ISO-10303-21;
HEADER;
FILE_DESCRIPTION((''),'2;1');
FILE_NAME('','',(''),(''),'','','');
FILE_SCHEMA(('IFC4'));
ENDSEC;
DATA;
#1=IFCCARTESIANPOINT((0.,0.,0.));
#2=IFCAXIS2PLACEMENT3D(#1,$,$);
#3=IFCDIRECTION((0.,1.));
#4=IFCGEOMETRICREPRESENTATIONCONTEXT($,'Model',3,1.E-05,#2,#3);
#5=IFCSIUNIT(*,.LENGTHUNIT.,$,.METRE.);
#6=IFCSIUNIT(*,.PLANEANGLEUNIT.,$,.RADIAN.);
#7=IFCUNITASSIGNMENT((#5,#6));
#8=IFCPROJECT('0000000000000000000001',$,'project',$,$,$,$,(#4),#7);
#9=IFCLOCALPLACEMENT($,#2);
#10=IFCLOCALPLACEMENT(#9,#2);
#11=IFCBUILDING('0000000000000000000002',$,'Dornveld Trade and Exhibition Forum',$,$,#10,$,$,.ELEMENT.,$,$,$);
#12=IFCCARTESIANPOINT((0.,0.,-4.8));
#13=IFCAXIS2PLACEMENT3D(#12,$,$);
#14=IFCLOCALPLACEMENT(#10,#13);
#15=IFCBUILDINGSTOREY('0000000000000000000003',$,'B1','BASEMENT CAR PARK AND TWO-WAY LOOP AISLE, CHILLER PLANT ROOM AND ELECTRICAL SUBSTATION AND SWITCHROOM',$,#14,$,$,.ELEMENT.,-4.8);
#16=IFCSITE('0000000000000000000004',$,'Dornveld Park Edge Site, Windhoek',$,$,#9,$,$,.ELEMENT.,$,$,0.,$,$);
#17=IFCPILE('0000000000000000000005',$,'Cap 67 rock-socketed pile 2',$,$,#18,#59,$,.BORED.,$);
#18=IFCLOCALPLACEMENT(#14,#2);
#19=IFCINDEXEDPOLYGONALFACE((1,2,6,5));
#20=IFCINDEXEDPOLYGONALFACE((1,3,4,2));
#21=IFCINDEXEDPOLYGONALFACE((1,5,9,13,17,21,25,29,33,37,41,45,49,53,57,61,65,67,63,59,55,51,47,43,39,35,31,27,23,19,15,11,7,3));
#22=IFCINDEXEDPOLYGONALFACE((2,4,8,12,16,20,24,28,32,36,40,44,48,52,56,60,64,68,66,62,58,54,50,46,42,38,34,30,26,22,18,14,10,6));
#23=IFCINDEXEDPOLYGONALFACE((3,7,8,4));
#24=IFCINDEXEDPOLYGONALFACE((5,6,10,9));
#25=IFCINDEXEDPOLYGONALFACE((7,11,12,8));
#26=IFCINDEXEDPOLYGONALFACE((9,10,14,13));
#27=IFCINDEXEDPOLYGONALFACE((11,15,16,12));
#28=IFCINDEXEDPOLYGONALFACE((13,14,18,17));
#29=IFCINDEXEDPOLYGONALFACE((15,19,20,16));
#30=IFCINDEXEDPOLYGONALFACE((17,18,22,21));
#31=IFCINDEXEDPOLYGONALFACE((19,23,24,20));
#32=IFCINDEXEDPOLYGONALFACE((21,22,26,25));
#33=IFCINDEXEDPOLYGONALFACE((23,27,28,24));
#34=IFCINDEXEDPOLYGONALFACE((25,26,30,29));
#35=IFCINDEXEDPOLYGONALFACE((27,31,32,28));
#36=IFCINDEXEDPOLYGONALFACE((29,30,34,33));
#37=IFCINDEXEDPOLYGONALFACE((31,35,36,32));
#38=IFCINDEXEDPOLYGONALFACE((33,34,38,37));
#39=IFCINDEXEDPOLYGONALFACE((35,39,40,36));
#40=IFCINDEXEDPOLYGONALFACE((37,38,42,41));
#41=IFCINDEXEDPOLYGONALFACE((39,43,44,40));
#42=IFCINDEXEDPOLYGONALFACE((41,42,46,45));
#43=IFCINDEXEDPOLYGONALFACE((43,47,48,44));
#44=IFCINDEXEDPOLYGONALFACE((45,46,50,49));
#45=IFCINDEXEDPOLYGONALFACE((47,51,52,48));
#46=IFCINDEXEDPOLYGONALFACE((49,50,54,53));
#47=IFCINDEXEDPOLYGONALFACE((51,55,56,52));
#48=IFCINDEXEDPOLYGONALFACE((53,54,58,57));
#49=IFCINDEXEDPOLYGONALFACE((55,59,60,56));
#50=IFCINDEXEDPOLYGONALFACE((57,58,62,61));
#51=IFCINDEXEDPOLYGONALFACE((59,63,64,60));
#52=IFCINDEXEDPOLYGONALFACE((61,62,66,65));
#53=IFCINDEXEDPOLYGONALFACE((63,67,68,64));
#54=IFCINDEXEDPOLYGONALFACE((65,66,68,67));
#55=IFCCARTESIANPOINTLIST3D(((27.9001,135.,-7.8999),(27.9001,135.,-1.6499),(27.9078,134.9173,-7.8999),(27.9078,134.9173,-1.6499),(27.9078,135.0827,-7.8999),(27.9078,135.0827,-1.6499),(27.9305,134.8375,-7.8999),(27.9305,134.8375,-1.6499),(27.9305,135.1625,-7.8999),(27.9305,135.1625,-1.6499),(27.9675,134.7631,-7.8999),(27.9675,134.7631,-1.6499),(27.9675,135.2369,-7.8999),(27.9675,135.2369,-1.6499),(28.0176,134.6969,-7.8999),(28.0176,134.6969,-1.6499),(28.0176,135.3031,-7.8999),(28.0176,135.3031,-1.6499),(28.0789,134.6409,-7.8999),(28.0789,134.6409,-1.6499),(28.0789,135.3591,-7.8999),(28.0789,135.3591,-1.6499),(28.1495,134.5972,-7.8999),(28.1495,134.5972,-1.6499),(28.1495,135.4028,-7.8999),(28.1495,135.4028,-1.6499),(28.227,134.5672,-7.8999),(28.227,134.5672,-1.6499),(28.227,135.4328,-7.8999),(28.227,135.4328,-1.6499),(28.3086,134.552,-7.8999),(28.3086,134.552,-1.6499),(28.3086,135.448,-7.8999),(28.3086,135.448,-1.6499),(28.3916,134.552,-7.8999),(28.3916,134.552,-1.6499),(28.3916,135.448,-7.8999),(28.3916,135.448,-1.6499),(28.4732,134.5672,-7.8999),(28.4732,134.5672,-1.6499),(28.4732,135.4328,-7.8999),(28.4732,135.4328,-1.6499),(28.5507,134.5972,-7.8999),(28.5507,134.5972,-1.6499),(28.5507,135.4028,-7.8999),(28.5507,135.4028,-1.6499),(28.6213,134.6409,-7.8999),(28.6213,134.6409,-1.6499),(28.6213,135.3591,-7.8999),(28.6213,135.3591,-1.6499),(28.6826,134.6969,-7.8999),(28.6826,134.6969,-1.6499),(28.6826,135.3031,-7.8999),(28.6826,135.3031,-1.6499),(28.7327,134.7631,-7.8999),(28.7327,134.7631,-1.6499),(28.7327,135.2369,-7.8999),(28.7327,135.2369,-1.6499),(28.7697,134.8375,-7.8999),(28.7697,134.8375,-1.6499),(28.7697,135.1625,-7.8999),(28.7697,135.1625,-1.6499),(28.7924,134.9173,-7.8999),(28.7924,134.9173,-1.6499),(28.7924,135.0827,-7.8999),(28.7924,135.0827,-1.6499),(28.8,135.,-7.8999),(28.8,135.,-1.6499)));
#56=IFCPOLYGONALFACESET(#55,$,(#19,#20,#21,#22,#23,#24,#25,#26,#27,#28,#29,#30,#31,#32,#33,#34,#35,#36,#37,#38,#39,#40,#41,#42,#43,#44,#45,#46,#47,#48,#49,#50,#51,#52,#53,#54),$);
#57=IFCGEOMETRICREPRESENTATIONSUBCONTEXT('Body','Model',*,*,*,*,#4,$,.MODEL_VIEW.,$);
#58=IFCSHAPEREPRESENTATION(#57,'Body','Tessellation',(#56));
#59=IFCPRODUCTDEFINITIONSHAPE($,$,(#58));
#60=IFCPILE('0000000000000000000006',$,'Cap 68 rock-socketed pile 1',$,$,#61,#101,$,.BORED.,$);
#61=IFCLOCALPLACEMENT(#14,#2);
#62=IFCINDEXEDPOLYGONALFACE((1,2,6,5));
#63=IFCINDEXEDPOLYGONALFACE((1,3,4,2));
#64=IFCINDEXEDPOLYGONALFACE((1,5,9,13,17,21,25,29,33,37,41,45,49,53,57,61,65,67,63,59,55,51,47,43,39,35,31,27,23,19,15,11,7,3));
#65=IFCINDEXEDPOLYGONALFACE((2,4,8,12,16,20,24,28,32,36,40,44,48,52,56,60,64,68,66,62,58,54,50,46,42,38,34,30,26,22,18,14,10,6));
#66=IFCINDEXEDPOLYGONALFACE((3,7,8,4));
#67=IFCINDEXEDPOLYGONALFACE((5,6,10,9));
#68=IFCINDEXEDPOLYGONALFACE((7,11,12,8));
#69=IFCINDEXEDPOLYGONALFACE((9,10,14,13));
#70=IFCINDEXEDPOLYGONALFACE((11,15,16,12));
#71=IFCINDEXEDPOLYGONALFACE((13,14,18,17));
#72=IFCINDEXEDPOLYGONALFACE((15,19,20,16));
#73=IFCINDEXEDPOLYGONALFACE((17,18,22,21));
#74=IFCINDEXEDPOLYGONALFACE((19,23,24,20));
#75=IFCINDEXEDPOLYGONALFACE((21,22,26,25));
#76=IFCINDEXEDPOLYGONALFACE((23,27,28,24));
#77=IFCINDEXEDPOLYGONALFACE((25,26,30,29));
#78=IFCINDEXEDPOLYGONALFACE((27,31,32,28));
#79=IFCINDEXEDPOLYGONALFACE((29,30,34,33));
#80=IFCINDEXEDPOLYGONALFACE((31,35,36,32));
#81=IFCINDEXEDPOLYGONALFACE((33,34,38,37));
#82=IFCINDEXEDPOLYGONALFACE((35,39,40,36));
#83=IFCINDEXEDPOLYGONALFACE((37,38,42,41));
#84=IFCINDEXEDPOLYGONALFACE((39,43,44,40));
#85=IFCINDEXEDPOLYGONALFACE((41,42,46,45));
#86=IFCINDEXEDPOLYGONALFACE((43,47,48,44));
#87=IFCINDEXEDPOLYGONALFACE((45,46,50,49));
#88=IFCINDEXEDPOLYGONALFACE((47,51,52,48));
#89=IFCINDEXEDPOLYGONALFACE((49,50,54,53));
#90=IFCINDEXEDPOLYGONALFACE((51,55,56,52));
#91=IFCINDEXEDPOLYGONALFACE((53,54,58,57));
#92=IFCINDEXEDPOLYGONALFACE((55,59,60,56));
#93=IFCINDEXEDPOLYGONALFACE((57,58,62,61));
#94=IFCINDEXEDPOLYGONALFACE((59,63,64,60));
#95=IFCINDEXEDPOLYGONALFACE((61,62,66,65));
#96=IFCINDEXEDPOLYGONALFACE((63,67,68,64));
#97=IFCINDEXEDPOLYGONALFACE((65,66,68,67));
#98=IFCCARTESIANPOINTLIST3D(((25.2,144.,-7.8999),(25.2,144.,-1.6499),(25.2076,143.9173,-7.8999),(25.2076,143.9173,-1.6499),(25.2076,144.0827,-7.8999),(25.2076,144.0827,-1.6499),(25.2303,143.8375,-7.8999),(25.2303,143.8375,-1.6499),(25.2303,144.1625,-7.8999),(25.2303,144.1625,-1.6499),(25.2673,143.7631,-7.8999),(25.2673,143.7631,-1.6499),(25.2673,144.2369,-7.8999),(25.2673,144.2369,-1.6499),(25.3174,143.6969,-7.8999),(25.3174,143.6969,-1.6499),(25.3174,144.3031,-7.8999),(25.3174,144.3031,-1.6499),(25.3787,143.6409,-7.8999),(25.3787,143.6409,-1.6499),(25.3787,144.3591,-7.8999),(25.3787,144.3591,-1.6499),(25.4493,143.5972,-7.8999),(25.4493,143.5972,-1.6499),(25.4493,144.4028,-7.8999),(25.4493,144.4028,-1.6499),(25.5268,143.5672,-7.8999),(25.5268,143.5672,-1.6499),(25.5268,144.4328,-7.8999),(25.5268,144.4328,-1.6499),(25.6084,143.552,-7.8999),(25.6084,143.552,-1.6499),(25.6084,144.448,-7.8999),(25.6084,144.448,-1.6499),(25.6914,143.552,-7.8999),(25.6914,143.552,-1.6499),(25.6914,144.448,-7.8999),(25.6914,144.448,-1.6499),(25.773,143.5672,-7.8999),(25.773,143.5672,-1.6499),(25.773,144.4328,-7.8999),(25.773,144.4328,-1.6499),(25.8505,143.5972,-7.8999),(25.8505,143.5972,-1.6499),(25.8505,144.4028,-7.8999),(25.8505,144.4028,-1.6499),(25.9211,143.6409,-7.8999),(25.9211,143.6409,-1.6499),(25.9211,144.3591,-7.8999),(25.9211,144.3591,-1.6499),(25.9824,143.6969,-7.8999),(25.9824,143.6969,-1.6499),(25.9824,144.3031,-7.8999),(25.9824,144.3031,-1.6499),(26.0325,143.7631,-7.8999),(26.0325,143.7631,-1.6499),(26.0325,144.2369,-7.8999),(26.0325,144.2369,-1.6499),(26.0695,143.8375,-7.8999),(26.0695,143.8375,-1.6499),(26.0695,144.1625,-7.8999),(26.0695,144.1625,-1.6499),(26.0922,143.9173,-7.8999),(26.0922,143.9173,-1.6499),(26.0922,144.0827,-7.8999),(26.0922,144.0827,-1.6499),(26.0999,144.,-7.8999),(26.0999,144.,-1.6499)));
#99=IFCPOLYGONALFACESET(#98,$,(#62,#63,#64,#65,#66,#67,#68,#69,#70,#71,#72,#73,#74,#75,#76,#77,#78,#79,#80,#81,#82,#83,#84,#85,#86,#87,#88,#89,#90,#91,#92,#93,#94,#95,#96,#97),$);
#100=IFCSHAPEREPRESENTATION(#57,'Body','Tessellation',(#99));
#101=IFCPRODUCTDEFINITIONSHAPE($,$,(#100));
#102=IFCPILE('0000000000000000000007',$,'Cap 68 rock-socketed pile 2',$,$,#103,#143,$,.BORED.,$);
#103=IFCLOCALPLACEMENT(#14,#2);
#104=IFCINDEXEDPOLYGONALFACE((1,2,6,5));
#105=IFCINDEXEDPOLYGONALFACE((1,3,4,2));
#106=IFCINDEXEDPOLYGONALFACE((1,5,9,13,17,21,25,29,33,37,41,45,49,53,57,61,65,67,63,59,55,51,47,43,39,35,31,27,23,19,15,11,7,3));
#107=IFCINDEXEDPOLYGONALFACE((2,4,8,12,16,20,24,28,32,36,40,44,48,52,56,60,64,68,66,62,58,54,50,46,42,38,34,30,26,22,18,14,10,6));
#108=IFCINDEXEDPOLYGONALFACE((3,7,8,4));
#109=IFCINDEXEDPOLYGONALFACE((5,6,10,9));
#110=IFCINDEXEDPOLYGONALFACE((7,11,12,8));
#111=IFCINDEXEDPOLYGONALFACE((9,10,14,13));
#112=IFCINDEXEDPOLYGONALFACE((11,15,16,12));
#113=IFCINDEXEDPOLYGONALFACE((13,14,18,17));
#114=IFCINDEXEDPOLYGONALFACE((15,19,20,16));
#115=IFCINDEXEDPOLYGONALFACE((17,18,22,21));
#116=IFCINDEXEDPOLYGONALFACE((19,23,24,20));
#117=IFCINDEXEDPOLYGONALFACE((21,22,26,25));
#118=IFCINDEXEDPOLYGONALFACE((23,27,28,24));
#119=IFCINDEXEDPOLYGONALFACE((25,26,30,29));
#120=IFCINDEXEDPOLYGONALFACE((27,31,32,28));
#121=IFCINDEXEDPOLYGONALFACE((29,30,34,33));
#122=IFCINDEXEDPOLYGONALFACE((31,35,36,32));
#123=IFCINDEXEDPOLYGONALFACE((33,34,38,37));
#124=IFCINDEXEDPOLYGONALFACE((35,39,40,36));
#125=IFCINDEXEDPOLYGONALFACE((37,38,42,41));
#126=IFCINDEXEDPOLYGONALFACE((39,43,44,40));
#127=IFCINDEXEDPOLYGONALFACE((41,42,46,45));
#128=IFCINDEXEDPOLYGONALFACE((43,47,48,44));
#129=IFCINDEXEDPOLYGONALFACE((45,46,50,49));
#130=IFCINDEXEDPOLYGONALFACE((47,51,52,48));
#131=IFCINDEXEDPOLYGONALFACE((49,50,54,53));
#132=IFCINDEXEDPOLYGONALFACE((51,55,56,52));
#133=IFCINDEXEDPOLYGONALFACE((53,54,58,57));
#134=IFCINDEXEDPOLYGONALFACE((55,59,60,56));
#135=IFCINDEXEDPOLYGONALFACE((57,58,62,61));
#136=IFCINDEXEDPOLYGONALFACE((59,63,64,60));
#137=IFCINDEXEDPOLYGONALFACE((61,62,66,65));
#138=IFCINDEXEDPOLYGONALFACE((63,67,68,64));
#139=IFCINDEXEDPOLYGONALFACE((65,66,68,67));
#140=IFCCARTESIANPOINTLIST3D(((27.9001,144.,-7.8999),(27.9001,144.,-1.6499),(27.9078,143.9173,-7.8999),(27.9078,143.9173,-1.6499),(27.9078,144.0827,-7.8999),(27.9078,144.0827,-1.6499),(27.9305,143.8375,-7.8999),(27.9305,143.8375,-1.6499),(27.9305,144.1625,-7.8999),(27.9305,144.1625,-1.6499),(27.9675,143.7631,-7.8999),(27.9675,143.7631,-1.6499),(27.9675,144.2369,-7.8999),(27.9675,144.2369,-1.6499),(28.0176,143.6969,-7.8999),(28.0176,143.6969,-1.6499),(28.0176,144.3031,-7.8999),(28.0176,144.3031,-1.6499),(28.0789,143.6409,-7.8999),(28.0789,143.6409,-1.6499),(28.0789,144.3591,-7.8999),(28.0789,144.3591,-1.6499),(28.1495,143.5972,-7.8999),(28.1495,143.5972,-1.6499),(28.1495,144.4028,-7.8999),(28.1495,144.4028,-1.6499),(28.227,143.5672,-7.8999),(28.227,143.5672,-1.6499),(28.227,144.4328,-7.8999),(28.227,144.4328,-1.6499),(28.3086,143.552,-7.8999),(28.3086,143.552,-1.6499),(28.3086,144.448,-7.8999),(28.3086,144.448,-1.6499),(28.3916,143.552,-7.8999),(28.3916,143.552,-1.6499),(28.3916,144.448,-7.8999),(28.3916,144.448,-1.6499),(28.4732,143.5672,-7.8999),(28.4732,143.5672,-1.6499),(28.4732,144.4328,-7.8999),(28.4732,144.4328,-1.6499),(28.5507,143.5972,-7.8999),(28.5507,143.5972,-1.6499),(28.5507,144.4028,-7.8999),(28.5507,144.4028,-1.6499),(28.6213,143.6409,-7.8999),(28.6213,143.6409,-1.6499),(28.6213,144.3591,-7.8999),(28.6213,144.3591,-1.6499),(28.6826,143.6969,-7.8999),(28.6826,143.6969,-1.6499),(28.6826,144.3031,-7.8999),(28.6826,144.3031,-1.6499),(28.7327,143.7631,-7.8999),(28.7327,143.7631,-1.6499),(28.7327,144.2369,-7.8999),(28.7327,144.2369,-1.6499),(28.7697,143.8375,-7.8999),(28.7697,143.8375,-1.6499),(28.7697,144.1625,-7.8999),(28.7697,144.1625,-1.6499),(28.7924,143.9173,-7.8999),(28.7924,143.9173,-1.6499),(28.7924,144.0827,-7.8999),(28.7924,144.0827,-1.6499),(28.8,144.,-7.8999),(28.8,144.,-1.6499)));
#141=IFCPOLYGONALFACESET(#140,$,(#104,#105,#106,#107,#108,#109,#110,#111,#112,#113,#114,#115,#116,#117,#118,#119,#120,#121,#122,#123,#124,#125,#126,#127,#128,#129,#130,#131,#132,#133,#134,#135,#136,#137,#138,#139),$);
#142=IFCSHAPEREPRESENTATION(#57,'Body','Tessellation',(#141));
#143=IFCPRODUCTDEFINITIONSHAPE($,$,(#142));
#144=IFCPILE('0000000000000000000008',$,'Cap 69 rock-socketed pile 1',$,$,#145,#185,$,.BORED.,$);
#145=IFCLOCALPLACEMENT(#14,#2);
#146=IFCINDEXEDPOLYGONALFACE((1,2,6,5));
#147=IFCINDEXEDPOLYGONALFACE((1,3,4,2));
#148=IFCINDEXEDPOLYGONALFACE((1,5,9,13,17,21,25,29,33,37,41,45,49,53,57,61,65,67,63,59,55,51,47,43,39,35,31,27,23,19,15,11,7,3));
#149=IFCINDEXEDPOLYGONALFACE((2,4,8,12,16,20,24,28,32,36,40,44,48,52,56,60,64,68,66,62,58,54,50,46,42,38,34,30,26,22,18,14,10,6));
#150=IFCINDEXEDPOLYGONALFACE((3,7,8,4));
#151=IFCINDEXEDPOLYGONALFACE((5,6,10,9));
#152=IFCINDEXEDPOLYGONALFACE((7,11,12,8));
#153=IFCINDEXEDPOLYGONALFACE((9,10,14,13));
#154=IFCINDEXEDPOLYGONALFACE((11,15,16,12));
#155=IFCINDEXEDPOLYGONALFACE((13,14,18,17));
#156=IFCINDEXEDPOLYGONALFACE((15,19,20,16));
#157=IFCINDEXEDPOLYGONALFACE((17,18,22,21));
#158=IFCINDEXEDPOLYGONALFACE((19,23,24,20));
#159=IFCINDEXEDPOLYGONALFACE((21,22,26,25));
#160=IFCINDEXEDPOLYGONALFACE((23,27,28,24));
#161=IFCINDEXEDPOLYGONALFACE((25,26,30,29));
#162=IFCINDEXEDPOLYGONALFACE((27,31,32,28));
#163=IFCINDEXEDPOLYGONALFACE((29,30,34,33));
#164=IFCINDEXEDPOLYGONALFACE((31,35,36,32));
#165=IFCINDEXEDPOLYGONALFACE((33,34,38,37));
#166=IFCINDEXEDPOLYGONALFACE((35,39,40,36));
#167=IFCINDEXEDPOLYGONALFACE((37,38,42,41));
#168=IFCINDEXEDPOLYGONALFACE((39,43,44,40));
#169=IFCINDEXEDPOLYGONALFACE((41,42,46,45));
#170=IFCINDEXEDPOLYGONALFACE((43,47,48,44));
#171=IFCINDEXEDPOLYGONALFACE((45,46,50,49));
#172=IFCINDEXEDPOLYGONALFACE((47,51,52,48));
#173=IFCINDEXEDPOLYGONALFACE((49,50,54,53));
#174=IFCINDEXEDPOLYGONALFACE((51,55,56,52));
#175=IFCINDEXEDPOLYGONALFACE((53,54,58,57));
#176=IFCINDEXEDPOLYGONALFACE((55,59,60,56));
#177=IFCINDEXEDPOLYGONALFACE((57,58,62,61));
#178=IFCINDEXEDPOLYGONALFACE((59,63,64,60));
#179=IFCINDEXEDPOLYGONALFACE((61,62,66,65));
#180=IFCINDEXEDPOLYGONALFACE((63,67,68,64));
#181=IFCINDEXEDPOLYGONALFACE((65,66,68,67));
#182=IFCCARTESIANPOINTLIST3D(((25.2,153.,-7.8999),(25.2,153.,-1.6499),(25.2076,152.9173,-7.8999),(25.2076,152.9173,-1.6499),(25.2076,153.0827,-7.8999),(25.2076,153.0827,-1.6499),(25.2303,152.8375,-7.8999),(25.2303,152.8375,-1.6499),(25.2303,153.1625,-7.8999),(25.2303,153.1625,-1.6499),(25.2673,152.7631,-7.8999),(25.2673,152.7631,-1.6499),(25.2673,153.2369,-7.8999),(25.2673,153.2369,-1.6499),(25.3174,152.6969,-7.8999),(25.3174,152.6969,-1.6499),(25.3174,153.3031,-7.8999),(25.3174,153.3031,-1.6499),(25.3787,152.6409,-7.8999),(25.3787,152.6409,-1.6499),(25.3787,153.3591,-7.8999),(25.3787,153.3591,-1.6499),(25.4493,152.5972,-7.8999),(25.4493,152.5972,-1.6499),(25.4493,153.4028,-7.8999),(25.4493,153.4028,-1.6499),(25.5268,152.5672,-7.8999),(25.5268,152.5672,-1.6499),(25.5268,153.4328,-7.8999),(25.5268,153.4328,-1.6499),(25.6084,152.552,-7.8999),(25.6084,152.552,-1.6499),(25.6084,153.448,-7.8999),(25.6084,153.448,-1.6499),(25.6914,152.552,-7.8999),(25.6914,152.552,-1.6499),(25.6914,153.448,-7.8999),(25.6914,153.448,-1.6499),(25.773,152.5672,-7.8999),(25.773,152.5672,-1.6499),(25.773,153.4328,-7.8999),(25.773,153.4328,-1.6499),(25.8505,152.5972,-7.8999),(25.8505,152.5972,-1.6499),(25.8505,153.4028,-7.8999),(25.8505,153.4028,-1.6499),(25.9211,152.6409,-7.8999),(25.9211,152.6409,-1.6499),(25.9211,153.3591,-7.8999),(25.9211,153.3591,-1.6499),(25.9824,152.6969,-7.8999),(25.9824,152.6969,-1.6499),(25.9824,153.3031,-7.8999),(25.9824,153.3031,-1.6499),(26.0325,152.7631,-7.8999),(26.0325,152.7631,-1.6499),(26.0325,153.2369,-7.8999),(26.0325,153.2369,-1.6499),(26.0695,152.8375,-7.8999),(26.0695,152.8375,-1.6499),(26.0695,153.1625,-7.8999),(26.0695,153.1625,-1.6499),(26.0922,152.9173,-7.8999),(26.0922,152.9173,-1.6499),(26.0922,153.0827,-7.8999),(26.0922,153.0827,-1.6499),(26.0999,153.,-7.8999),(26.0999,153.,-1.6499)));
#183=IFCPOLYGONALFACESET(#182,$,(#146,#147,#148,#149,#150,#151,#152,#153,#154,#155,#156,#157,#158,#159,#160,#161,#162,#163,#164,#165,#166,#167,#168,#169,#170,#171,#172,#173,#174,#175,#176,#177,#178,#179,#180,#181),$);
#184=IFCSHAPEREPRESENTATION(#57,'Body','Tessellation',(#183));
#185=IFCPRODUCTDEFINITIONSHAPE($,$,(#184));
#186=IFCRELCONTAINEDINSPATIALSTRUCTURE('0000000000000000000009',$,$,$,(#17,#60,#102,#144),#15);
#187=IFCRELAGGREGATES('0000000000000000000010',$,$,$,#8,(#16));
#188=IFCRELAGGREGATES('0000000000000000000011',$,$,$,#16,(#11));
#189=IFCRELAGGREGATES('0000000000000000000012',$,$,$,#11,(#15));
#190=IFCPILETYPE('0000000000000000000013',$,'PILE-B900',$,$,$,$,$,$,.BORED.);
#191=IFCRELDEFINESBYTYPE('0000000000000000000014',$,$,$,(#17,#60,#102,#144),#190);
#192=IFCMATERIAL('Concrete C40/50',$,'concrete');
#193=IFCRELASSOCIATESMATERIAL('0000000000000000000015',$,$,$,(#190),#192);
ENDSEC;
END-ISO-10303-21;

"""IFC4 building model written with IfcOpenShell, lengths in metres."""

from ifc_helpers import new_model, si_unit, direction, frame, origin, origin_2d, place, context, subcontext, project, spatial, circle, extrude, material, material_profile, profile_set, type_object, element, save


model = new_model("IFC4")

# Units and contexts
model_context = context("Model", 3, precision=1e-05, world=origin(), true_north=direction((0.0, 1.0)))
body_context = subcontext(model_context, "Body", "Model", "MODEL_VIEW")
ifc_project = project(units=[si_unit("LENGTHUNIT", "METRE"), si_unit("PLANEANGLEUNIT", "RADIAN")], contexts=[model_context])

# Site, building, storey
site_placement = place(None, origin())
site = spatial("IfcSite", under=ifc_project, at=site_placement, Name="Dornveld Park Edge Site, Windhoek", CompositionType="ELEMENT", RefElevation=0.0)
building_placement = place(site_placement, origin())
building = spatial("IfcBuilding", under=site, at=building_placement, Name="Dornveld Trade and Exhibition Forum", CompositionType="ELEMENT")
storey_placement = place(building_placement, frame((0.0, 0.0, -4.8)))
storey = spatial("IfcBuildingStorey", under=building, at=storey_placement, Name="B1", Description="BASEMENT CAR PARK AND TWO-WAY LOOP AISLE, CHILLER PLANT ROOM AND ELECTRICAL SUBSTATION AND SWITCHROOM", CompositionType="ELEMENT", Elevation=-4.8)

# Piles
ifc_material_1 = material(Name="Concrete C40/50", Category="concrete")
ifc_material_profile_1 = material_profile(ifc_material_1, circle(Radius=0.45, at=origin_2d()), Name="PILE D900")
ifc_profile_set_1 = profile_set([ifc_material_profile_1], Name="Concrete C40/50")
pile_type = type_object("IfcPileType", Name="PILE-B900", PredefinedType="BORED", material=ifc_profile_set_1)
for number, where, z_axis, x_axis, name in (
    (1, (28.3501, 135.0, -1.6499), (0.0, 0.0, -1.0), (1.0, 0.0, 0.0), "Cap 67 rock-socketed pile 2"),
    (2, (25.6499, 144.0, -1.6499), (0.0, 0.0, -1.0), (1.0, 0.0, 0.0), "Cap 68 rock-socketed pile 1"),
    (3, (28.3501, 144.0, -1.6499), (0.0, 0.0, -1.0), (1.0, 0.0, 0.0), "Cap 68 rock-socketed pile 2"),
    (4, (25.6499, 153.0, -1.6499), (0.0, 0.0, -1.0), (1.0, 0.0, 0.0), "Cap 69 rock-socketed pile 1"),
):
    element("IfcPile", number, at=place(storey_placement, frame(where, z_axis=z_axis, x_axis=x_axis)), inside=storey, type_object=pile_type, Name=name, PredefinedType="BORED", context=body_context, shape_type="SweptSolid", body=[
        extrude(circle(Radius=0.45, at=origin_2d()), origin(), (0.0, 0.0, 1.0), 6.25),
    ])

save(model, "model.ifc")
